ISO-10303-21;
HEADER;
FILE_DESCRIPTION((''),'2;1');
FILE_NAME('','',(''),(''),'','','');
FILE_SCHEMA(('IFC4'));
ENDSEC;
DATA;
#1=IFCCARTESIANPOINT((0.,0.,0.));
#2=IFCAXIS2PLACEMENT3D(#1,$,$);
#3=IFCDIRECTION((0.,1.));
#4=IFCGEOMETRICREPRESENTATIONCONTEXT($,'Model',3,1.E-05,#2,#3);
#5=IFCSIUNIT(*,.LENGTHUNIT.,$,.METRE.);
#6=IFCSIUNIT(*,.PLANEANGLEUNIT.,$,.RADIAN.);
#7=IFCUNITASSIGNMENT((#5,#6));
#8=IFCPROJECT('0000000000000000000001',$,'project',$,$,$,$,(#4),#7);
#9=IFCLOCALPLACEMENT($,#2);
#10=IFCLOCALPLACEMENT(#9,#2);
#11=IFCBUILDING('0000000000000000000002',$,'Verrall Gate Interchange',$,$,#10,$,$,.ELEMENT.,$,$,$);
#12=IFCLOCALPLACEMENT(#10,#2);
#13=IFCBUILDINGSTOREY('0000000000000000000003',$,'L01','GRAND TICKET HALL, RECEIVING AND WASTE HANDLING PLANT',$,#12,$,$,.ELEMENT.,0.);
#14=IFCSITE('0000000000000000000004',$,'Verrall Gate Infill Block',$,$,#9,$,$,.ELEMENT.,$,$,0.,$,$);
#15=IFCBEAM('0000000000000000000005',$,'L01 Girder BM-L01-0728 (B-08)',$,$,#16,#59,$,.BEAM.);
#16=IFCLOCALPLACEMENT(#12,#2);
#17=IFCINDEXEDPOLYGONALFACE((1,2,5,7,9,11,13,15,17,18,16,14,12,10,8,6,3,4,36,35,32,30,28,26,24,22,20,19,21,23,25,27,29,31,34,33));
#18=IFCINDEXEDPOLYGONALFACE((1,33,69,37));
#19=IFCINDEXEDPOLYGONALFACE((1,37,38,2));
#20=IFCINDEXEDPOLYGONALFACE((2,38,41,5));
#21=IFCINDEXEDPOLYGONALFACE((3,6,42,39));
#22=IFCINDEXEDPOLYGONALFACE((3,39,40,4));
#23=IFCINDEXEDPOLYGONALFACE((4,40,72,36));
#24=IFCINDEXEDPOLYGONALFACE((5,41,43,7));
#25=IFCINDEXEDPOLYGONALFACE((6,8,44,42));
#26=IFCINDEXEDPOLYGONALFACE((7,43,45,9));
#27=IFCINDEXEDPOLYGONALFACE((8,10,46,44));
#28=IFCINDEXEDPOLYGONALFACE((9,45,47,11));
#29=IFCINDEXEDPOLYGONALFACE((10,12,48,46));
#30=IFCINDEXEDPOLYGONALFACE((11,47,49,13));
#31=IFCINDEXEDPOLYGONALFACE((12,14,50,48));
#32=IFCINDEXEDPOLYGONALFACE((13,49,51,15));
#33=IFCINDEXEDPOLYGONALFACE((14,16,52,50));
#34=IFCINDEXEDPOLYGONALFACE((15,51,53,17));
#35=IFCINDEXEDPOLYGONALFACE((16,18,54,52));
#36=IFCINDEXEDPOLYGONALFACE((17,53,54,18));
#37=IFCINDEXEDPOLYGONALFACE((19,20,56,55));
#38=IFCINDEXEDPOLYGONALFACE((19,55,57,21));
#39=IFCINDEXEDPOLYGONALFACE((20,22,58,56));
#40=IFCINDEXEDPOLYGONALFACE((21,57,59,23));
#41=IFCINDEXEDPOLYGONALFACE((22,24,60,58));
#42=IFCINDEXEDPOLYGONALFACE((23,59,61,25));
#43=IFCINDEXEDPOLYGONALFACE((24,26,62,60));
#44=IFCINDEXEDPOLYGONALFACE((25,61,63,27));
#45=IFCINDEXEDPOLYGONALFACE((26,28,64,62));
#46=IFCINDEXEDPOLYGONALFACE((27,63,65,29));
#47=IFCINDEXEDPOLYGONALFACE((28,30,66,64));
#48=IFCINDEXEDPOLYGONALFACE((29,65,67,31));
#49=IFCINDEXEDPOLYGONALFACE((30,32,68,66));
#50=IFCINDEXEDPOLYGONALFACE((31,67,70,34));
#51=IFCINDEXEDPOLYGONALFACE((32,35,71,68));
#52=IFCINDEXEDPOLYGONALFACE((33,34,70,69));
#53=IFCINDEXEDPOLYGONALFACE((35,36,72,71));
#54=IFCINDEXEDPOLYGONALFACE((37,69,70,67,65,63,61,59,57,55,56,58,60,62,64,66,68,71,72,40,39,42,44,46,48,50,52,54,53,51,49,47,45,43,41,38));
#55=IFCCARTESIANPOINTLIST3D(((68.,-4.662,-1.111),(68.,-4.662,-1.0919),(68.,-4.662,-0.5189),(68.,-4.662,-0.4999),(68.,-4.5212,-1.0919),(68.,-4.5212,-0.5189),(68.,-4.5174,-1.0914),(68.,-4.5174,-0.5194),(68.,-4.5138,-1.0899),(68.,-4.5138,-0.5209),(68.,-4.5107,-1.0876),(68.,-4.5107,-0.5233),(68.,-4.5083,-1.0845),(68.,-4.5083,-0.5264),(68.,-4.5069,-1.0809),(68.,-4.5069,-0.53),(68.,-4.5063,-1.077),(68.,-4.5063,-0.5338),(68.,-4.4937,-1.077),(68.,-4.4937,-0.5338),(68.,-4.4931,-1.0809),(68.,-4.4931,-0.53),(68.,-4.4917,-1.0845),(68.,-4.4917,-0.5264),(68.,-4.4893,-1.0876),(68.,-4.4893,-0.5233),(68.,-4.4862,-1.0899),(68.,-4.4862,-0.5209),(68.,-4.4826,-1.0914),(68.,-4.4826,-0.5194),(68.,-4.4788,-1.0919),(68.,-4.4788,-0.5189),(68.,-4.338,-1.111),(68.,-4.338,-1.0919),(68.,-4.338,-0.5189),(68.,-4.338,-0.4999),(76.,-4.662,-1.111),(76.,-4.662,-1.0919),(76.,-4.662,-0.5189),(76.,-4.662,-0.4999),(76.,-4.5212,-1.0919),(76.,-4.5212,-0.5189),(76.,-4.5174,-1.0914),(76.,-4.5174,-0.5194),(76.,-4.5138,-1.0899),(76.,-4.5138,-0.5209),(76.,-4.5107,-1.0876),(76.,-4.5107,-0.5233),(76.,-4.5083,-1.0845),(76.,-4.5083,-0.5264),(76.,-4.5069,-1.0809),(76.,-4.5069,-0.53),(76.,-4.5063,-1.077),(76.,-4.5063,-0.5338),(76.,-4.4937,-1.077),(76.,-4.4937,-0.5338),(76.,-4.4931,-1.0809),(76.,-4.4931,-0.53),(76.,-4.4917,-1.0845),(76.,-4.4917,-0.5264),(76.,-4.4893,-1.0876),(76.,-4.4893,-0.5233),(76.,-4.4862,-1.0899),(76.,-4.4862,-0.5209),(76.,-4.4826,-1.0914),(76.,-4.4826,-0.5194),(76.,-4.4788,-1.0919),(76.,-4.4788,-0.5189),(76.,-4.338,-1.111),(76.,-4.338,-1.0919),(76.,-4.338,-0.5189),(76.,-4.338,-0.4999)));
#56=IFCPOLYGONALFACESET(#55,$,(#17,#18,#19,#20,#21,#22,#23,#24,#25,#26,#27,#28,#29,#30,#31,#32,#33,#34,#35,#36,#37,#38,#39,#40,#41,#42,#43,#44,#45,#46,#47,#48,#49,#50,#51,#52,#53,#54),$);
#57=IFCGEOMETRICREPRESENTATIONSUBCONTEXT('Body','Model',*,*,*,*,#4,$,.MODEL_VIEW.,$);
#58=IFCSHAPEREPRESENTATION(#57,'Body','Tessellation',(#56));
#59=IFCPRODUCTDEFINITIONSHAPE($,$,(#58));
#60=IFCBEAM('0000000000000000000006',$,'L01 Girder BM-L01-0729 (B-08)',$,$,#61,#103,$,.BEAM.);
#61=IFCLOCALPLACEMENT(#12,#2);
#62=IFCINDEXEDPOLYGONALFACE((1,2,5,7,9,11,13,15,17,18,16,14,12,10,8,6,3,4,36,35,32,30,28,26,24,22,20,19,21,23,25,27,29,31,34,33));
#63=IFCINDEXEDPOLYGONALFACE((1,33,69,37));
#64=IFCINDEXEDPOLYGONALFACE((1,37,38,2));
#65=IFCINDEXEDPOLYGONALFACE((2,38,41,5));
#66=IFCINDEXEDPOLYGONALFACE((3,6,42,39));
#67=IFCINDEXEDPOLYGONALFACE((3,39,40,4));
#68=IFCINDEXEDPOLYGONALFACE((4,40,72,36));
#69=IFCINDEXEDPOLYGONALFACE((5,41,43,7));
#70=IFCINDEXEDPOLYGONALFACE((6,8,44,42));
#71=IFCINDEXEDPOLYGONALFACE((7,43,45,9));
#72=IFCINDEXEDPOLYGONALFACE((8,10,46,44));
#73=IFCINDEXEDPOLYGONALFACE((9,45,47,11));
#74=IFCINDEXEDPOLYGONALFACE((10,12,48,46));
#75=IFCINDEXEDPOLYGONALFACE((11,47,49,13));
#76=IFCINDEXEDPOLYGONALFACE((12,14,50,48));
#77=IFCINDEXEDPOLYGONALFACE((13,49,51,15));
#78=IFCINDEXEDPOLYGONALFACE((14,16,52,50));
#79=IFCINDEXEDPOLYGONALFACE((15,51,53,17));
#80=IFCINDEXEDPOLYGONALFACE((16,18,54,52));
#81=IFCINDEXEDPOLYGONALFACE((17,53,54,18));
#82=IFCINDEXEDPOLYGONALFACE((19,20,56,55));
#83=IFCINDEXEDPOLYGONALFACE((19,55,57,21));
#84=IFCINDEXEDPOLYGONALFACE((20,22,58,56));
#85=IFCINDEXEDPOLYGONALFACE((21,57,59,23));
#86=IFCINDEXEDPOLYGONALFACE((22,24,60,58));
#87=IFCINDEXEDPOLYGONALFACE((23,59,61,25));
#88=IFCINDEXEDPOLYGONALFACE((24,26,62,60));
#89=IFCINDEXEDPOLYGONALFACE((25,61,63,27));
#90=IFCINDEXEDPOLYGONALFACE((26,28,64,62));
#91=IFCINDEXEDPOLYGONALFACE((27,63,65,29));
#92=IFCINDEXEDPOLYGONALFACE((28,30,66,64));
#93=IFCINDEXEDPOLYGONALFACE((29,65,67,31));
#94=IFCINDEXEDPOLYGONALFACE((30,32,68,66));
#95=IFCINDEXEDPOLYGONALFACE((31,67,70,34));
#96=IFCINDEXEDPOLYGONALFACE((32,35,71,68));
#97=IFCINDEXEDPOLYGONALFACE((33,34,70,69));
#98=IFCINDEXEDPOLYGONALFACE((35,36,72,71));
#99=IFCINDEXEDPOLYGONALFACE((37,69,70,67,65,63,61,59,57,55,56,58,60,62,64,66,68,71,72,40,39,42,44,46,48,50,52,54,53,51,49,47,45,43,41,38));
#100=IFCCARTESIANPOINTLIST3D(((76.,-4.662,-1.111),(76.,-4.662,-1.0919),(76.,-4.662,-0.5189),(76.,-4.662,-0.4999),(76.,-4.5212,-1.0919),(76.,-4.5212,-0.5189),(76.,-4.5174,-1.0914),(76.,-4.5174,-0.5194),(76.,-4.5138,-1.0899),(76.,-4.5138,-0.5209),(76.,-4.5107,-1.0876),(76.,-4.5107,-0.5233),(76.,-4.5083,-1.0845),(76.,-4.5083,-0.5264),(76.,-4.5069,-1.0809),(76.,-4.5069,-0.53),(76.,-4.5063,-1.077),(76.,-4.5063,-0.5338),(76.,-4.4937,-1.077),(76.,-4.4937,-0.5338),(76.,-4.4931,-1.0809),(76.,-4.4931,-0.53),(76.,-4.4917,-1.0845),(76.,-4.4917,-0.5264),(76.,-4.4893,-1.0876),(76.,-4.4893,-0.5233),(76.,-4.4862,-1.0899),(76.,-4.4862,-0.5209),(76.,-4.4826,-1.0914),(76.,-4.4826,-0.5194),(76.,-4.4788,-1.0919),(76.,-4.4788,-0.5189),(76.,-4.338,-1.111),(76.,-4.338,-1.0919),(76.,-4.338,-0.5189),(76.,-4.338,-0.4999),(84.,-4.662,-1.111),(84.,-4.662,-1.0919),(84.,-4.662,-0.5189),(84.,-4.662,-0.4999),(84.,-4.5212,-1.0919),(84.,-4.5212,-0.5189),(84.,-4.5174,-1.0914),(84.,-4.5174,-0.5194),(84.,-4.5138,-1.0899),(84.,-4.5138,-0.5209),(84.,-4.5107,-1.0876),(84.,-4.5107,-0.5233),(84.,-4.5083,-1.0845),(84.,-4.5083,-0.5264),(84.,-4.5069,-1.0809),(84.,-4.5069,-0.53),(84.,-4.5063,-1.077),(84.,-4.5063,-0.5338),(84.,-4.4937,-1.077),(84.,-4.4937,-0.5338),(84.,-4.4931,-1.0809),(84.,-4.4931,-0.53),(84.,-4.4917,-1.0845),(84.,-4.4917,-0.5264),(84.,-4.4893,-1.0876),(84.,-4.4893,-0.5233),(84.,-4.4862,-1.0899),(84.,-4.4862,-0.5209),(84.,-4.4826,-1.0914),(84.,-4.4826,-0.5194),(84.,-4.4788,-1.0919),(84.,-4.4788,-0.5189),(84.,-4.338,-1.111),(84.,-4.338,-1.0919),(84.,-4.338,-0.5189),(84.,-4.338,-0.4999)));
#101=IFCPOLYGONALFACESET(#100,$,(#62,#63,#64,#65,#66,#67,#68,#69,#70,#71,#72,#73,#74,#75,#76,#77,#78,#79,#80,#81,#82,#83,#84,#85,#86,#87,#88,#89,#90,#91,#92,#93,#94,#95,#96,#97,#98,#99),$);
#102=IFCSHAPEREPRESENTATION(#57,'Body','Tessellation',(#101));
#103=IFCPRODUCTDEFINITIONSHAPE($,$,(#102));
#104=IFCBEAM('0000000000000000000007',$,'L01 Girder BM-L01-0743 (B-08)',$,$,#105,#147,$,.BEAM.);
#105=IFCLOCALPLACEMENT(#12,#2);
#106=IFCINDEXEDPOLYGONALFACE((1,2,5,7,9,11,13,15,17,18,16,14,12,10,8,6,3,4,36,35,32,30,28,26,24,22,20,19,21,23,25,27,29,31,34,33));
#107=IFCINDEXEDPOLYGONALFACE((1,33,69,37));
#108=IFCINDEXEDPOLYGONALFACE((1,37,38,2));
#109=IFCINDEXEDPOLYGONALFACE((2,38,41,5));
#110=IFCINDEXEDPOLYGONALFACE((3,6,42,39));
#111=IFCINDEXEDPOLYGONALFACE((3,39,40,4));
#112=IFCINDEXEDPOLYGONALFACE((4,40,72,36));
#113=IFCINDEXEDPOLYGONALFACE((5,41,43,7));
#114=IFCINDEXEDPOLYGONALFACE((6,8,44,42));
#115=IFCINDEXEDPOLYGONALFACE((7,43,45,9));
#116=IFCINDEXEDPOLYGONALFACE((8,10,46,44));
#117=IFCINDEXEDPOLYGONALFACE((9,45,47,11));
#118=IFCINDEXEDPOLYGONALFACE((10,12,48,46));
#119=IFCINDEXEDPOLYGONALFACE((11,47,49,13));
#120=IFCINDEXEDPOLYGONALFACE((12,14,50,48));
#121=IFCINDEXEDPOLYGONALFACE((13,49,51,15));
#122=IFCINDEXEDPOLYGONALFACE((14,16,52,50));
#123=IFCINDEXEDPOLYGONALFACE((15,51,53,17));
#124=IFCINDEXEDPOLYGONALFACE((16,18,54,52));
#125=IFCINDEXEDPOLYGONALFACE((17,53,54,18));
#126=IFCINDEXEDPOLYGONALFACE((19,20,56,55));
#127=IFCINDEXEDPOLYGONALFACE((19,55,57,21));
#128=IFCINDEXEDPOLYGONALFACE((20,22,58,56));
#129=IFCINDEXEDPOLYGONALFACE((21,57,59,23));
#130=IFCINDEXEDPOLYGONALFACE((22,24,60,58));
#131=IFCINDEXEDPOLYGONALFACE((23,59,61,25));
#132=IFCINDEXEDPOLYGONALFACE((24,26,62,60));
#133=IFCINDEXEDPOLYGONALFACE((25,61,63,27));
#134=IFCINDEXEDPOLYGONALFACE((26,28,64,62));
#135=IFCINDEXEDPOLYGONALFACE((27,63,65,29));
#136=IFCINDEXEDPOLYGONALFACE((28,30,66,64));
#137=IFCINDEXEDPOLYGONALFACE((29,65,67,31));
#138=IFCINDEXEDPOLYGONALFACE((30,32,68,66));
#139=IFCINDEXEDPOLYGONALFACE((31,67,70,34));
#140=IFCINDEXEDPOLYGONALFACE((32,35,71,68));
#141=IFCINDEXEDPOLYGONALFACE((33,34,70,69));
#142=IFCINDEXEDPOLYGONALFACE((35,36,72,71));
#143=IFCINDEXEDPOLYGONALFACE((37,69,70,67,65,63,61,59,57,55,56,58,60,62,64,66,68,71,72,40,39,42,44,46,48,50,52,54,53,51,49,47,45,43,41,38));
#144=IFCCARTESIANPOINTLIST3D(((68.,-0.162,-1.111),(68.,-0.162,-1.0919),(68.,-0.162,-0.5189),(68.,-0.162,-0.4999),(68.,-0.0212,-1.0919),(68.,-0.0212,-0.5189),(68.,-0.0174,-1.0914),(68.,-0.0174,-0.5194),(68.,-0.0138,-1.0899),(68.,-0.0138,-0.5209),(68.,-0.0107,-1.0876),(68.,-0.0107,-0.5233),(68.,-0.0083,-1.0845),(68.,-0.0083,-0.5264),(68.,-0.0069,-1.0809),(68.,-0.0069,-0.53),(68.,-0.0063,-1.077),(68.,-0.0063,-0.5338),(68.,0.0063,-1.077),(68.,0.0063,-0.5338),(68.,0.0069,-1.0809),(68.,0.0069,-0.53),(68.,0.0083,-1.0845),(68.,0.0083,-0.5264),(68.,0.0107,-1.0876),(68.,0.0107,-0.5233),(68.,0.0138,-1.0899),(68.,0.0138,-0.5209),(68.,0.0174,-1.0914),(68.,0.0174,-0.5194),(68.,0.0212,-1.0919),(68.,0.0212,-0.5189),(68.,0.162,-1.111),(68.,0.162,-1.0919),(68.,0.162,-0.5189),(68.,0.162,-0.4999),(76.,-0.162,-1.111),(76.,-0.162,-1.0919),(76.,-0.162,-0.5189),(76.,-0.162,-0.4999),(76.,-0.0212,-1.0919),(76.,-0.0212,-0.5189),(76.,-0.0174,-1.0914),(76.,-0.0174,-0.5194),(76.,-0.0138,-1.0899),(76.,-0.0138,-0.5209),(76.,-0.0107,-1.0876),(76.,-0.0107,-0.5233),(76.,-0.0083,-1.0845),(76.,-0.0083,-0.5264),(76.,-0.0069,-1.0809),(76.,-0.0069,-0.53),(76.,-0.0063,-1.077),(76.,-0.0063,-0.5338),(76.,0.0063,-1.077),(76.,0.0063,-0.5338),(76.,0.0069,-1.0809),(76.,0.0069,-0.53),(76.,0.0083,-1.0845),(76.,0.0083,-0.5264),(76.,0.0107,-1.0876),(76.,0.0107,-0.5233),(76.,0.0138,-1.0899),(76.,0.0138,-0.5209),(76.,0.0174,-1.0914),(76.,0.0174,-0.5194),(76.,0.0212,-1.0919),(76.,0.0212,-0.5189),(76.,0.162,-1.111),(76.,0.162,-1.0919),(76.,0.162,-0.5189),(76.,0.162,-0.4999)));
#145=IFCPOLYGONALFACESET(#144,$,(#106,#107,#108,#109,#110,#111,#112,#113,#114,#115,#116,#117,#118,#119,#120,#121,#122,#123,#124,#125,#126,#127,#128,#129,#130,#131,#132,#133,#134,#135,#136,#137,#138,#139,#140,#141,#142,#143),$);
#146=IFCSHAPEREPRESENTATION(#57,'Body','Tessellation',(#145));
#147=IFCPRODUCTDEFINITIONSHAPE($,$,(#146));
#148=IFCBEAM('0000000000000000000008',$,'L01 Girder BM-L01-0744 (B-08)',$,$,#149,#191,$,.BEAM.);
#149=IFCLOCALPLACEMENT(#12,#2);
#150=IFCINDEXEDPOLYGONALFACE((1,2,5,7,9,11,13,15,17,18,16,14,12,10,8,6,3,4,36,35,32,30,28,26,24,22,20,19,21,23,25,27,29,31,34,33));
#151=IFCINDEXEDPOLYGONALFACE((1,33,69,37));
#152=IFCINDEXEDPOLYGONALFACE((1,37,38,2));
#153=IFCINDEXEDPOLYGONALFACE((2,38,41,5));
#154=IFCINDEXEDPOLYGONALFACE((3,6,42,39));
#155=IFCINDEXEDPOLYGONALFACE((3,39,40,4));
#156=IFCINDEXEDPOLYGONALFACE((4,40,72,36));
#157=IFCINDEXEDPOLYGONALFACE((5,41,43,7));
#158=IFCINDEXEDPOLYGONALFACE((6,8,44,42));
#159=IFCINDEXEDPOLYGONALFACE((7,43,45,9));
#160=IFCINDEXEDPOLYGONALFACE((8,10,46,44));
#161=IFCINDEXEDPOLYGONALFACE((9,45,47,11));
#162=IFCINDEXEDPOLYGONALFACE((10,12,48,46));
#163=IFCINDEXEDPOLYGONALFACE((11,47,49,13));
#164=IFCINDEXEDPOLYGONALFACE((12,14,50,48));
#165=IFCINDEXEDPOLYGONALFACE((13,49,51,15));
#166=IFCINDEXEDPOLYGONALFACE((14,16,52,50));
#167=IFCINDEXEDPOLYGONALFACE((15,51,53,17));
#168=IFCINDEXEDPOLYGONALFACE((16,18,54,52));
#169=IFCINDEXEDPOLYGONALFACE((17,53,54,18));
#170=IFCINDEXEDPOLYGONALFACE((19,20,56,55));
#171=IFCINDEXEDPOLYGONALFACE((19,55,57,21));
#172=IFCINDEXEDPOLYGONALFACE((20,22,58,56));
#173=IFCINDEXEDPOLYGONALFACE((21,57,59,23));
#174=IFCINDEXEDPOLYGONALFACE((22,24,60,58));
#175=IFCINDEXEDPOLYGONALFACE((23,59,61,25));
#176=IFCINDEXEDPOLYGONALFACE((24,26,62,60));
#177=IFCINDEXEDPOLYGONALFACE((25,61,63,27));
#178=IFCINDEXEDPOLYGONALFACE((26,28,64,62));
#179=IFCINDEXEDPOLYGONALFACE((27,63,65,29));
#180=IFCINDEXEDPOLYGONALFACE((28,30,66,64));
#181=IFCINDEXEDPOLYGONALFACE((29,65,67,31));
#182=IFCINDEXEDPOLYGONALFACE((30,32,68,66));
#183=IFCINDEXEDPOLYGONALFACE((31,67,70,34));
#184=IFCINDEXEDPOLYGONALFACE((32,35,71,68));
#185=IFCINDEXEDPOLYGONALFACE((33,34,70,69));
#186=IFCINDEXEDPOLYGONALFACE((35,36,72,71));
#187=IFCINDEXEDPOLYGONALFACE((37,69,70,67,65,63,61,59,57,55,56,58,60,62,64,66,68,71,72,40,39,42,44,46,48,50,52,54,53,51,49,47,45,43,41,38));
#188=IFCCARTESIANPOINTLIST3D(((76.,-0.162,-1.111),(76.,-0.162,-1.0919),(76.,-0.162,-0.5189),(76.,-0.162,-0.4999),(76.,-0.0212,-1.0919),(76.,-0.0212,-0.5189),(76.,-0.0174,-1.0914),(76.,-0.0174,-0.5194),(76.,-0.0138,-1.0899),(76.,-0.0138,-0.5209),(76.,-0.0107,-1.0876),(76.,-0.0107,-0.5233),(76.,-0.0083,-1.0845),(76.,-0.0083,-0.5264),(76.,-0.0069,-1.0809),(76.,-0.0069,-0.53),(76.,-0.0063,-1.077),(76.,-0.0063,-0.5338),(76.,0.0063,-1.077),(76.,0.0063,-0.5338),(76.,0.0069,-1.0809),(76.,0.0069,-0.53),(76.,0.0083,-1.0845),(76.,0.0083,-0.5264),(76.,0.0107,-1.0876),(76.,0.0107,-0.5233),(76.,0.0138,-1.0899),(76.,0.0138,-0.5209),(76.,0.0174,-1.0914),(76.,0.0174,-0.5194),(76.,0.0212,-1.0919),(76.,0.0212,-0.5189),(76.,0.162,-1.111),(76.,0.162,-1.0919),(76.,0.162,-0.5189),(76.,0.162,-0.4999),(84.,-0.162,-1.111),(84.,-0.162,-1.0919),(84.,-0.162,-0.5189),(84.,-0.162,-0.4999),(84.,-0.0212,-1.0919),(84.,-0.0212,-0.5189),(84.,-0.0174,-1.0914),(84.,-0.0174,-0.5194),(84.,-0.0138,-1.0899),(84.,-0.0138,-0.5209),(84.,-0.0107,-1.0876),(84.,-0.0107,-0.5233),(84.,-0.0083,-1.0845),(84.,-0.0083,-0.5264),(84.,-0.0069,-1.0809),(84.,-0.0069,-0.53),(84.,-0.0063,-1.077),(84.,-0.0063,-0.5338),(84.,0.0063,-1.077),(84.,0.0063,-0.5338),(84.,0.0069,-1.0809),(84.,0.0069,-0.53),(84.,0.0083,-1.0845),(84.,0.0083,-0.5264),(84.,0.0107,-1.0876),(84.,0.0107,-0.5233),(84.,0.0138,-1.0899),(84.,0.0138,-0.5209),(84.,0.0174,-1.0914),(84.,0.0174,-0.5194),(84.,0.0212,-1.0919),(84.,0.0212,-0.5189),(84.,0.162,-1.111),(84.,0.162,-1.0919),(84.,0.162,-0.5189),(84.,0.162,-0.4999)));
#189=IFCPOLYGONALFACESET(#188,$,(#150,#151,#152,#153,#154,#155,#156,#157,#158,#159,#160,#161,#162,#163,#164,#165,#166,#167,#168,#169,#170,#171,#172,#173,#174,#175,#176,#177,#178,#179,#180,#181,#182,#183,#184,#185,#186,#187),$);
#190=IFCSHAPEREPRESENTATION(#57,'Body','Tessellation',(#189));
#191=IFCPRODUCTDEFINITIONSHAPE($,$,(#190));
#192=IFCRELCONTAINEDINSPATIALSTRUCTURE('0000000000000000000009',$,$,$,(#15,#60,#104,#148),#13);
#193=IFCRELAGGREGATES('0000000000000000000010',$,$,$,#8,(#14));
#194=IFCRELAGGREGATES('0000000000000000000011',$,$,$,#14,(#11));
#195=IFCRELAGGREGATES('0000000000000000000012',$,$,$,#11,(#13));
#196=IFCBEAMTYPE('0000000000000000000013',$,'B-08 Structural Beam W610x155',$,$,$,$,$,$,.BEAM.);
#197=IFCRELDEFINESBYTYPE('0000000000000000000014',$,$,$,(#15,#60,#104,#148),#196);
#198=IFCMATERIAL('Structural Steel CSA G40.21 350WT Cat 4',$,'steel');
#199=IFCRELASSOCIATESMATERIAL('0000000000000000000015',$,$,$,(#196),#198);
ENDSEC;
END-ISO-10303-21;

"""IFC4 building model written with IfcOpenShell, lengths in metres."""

from ifc_helpers import new_model, si_unit, direction, frame, origin, origin_2d, place, context, subcontext, project, spatial, i_section, extrude, material, material_profile, profile_set, type_object, element, save


model = new_model("IFC4")

# Units and contexts
model_context = context("Model", 3, precision=1e-05, world=origin(), true_north=direction((0.0, 1.0)))
body_context = subcontext(model_context, "Body", "Model", "MODEL_VIEW")
ifc_project = project(units=[si_unit("LENGTHUNIT", "METRE"), si_unit("PLANEANGLEUNIT", "RADIAN")], contexts=[model_context])

# Site, building, storey
site_placement = place(None, origin())
site = spatial("IfcSite", under=ifc_project, at=site_placement, Name="Verrall Gate Infill Block", CompositionType="ELEMENT", RefElevation=0.0)
building_placement = place(site_placement, origin())
building = spatial("IfcBuilding", under=site, at=building_placement, Name="Verrall Gate Interchange", CompositionType="ELEMENT")
storey_placement = place(building_placement, origin())
storey = spatial("IfcBuildingStorey", under=building, at=storey_placement, Name="L01", Description="GRAND TICKET HALL, RECEIVING AND WASTE HANDLING PLANT", CompositionType="ELEMENT", Elevation=0.0)

# Beams
ifc_material_1 = material(Name="Structural Steel CSA G40.21 350WT Cat 4", Category="steel")
ifc_material_profile_1 = material_profile(ifc_material_1, i_section(OverallWidth=0.324, OverallDepth=0.6111, WebThickness=0.0127, FlangeThickness=0.019, FilletRadius=0.0149, at=origin_2d()), Name="W610x155")
ifc_profile_set_1 = profile_set([ifc_material_profile_1], Name="Structural Steel CSA G40.21 350WT Cat 4")
beam_type_1 = type_object("IfcBeamType", Name="B-08 Structural Beam W610x155", PredefinedType="BEAM", material=ifc_profile_set_1)
for number, where, z_axis, x_axis, name in (
    (1, (68.0, -4.5, -0.8054), (1.0, 0.0, 0.0), (0.0, 1.0, 0.0), "L01 Girder BM-L01-0728 (B-08)"),
    (2, (76.0, -4.5, -0.8054), (1.0, 0.0, 0.0), (0.0, 1.0, 0.0), "L01 Girder BM-L01-0729 (B-08)"),
    (3, (68.0, 0.0, -0.8054), (1.0, 0.0, 0.0), (0.0, 1.0, 0.0), "L01 Girder BM-L01-0743 (B-08)"),
    (4, (76.0, 0.0, -0.8054), (1.0, 0.0, 0.0), (0.0, 1.0, 0.0), "L01 Girder BM-L01-0744 (B-08)"),
):
    element("IfcBeam", number, at=place(storey_placement, frame(where, z_axis=z_axis, x_axis=x_axis)), inside=storey, type_object=beam_type_1, Name=name, PredefinedType="BEAM", context=body_context, shape_type="SweptSolid", body=[
        extrude(i_section(OverallWidth=0.324, OverallDepth=0.6111, WebThickness=0.0127, FlangeThickness=0.019, FilletRadius=0.0149, at=origin_2d()), origin(), (0.0, 0.0, 1.0), 8.0),
    ])

save(model, "model.ifc")
